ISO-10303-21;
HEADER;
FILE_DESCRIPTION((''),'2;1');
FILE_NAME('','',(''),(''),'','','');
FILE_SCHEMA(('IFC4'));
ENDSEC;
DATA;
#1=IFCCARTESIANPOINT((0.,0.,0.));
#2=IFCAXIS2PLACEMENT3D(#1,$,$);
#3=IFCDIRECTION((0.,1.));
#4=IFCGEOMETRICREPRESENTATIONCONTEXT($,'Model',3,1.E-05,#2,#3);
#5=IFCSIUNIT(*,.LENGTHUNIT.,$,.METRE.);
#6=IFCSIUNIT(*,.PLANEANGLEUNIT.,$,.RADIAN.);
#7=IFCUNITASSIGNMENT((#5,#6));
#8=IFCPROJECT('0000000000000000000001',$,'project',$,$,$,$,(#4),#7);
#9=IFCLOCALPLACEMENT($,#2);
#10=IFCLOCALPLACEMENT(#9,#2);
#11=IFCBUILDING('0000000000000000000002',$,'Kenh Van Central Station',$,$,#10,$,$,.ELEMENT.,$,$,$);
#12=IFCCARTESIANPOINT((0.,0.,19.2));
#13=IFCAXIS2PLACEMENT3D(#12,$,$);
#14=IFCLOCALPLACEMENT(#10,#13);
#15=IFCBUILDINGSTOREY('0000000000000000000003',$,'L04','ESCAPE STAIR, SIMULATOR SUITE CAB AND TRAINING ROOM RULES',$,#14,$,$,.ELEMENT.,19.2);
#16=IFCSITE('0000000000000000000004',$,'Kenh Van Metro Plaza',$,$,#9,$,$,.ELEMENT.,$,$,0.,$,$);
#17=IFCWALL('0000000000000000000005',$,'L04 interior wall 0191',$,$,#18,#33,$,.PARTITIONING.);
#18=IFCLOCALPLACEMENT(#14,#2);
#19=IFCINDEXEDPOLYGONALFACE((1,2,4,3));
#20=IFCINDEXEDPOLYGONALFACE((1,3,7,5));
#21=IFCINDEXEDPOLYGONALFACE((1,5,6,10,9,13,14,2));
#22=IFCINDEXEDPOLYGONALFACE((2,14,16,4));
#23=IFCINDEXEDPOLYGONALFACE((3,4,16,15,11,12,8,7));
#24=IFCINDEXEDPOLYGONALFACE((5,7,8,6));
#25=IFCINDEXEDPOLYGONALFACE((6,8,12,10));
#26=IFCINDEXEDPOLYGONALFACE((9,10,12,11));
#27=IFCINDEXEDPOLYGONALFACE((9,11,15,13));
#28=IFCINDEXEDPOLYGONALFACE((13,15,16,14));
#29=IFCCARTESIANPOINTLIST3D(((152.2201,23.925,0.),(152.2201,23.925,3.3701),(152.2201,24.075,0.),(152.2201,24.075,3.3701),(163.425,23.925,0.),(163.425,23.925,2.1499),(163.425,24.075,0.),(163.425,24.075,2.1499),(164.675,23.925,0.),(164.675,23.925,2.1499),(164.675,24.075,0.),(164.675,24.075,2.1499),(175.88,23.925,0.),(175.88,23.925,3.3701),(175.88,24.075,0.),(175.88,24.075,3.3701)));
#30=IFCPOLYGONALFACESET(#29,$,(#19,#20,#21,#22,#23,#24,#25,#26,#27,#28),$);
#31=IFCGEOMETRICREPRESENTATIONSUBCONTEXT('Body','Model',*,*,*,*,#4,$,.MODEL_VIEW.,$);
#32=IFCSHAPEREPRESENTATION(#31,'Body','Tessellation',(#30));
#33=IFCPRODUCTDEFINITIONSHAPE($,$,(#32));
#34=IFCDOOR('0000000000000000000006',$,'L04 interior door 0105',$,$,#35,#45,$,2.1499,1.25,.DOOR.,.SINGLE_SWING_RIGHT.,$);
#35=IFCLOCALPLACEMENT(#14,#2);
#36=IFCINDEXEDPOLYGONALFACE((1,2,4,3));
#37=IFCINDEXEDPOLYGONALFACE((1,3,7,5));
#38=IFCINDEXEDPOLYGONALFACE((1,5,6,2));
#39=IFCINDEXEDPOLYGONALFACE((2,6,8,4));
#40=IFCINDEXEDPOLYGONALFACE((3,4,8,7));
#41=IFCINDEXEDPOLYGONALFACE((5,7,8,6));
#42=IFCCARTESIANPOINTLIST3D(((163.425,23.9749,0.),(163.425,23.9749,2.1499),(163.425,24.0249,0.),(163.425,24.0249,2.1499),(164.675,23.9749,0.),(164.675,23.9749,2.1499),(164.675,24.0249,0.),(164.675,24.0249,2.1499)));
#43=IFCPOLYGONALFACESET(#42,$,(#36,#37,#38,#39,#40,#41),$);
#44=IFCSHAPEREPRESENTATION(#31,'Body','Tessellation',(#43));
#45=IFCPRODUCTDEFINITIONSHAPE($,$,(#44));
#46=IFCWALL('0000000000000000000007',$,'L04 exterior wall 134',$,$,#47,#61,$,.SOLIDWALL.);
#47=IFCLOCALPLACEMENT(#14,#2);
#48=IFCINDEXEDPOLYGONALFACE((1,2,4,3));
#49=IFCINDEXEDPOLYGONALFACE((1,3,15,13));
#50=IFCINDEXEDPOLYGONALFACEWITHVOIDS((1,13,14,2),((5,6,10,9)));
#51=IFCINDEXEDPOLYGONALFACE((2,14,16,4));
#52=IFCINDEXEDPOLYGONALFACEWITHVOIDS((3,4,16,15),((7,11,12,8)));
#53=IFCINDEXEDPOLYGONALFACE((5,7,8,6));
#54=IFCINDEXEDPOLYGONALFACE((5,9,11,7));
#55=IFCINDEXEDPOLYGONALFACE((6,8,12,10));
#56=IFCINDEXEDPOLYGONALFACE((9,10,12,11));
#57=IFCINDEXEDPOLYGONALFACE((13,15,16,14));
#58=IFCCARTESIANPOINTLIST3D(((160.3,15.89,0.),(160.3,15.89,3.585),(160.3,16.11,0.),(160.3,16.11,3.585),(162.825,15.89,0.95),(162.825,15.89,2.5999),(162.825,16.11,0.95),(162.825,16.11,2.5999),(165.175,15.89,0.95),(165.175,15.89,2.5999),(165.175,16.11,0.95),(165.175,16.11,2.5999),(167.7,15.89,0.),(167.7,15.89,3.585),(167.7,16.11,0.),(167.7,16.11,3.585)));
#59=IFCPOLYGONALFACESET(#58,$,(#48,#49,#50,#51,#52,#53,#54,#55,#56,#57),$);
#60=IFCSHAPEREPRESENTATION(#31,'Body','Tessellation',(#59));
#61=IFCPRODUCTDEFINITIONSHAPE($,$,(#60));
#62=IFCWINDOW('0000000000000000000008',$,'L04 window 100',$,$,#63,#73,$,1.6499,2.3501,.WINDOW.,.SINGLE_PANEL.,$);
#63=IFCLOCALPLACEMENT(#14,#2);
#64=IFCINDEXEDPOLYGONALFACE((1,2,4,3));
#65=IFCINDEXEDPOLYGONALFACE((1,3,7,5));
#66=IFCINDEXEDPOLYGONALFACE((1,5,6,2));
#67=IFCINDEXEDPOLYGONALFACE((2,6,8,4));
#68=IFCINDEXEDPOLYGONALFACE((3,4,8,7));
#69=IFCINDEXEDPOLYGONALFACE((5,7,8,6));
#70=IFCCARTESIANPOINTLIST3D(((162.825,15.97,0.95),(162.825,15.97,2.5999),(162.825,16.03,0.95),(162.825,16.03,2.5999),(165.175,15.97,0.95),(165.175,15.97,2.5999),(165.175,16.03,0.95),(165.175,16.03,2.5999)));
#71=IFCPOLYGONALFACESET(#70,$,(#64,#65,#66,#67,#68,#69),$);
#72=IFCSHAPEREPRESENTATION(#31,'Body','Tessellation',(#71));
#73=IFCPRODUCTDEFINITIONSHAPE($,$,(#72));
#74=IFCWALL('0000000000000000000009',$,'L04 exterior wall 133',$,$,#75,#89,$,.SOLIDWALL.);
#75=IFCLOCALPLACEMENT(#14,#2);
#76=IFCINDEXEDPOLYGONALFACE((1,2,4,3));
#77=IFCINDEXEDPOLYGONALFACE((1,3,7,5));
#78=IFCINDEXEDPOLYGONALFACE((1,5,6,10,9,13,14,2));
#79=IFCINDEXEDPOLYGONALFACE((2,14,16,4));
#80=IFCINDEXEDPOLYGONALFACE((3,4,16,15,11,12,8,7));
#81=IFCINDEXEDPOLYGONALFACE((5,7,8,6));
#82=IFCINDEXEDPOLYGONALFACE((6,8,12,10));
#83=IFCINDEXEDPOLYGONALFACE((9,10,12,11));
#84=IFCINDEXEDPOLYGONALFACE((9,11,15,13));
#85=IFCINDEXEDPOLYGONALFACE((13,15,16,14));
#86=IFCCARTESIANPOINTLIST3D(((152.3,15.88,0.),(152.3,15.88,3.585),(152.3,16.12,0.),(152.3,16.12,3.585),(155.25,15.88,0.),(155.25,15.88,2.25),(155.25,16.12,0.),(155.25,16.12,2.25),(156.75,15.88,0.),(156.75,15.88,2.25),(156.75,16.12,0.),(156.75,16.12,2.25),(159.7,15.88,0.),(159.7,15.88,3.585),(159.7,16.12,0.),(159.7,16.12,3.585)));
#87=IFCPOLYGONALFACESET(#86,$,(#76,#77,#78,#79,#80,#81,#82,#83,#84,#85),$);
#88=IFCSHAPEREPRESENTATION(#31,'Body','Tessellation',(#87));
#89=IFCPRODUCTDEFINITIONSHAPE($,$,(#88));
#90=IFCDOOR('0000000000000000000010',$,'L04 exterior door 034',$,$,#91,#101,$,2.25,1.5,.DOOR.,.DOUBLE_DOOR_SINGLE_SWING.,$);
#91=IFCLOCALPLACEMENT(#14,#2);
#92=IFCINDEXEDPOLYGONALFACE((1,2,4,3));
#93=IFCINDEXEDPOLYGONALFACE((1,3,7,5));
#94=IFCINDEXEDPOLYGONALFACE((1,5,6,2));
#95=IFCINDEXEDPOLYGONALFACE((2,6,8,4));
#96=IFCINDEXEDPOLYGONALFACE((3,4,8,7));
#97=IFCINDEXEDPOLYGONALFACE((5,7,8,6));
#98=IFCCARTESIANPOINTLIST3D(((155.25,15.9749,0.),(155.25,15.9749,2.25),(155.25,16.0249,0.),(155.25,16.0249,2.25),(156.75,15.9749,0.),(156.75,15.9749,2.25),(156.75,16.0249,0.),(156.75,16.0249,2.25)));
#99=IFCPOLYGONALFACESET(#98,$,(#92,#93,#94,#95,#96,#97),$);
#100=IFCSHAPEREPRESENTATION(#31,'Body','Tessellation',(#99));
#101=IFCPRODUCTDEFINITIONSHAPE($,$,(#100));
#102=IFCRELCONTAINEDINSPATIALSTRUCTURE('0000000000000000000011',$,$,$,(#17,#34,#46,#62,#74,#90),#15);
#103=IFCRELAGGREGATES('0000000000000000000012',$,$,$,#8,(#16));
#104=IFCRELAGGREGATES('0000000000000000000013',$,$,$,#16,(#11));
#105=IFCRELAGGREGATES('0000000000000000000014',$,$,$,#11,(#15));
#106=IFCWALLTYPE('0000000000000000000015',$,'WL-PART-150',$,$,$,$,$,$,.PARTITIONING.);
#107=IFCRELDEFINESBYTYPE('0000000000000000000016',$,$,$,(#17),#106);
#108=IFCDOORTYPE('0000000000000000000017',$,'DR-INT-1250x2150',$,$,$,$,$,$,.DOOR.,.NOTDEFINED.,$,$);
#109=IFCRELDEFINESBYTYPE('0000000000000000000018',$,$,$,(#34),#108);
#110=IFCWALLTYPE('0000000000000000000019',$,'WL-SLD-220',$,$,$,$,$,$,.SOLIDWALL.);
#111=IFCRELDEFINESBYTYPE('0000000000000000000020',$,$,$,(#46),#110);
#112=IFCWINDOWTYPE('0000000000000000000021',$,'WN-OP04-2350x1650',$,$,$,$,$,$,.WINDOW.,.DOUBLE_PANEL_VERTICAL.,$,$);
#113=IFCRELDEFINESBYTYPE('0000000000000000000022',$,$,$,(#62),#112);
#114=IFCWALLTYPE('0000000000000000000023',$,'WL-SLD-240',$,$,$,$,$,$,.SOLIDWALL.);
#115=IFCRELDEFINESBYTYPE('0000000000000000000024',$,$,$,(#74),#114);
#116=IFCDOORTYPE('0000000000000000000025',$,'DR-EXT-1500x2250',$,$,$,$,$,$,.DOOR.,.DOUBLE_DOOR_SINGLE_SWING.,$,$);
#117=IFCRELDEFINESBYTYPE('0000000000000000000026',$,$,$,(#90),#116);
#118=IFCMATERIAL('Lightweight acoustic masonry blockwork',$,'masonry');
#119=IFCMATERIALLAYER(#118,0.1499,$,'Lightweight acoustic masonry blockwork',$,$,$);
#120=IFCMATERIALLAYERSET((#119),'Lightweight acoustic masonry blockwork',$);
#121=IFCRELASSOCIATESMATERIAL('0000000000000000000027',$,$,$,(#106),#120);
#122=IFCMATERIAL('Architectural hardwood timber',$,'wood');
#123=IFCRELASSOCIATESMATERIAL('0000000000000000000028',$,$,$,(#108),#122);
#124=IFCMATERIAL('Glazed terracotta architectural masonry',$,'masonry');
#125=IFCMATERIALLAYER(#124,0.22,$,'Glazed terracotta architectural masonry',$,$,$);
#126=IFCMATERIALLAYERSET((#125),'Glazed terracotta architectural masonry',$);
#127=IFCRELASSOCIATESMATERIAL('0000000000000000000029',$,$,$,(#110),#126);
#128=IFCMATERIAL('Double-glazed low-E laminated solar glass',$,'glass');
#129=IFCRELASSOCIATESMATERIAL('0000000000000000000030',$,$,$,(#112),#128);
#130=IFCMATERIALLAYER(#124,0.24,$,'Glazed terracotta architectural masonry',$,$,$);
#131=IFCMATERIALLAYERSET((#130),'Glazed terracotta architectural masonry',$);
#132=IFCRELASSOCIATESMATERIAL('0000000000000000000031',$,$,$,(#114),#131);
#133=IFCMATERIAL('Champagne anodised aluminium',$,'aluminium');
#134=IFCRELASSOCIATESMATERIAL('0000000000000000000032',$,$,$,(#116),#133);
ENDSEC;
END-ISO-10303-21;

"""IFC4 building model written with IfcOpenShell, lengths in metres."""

from ifc_helpers import new_model, si_unit, direction, frame, frame_2d, origin, place, context, subcontext, project, spatial, rectangle, extrude, material, layer, layer_set, type_object, element, fill, save


model = new_model("IFC4")

# Units and contexts
model_context = context("Model", 3, precision=1e-05, world=origin(), true_north=direction((0.0, 1.0)))
body_context = subcontext(model_context, "Body", "Model", "MODEL_VIEW")
ifc_project = project(units=[si_unit("LENGTHUNIT", "METRE"), si_unit("PLANEANGLEUNIT", "RADIAN")], contexts=[model_context])

# Site, building, storey
site_placement = place(None, origin())
site = spatial("IfcSite", under=ifc_project, at=site_placement, Name="Kenh Van Metro Plaza", CompositionType="ELEMENT", RefElevation=0.0)
building_placement = place(site_placement, origin())
building = spatial("IfcBuilding", under=site, at=building_placement, Name="Kenh Van Central Station", CompositionType="ELEMENT")
storey_placement = place(building_placement, frame((0.0, 0.0, 19.2)))
storey = spatial("IfcBuildingStorey", under=building, at=storey_placement, Name="L04", Description="ESCAPE STAIR, SIMULATOR SUITE CAB AND TRAINING ROOM RULES", CompositionType="ELEMENT", Elevation=19.2)

# Shared definitions
ifc_material_1 = material(Name="Lightweight acoustic masonry blockwork", Category="masonry")

# Wall, opening, door
ifc_layer_1 = layer(ifc_material_1, 0.1499, Name="Lightweight acoustic masonry blockwork")
ifc_layer_set_1 = layer_set([ifc_layer_1], Name="Lightweight acoustic masonry blockwork")
wall_type_1 = type_object("IfcWallType", Name="WL-PART-150", PredefinedType="PARTITIONING", material=ifc_layer_set_1)
wall_1_placement = place(storey_placement, frame((152.22, 24.0, 0.0), z_axis=(0.0, 0.0, 1.0), x_axis=(1.0, 0.0, 0.0)))
wall_1 = element("IfcWall", 1, at=wall_1_placement, inside=storey, type_object=wall_type_1, Name="L04 interior wall 0191", PredefinedType="PARTITIONING", context=body_context, shape_type="SweptSolid", body=[
    extrude(rectangle(XDim=23.6599, YDim=0.1499, at=frame_2d((11.8301, 0.0))), origin(), (0.0, 0.0, 1.0), 3.3701),
])
opening_1_placement = place(wall_1_placement, frame((11.2051, 0.0, 0.0)))
opening_1 = element("IfcOpeningElement", 2, at=opening_1_placement, cuts=wall_1, PredefinedType="OPENING", context=body_context, shape_type="SweptSolid", body=[
    extrude(rectangle(XDim=1.25, YDim=2.1499, at=frame_2d((0.625, 1.075))), frame((0.0, 0.085, 0.0), z_axis=(0.0, -1.0, 0.0), x_axis=(1.0, 0.0, 0.0)), (0.0, 0.0, 1.0), 0.1699),
])
ifc_material_2 = material(Name="Architectural hardwood timber", Category="wood")
door_type_1 = type_object("IfcDoorType", Name="DR-INT-1250x2150", OperationType="NOTDEFINED", PredefinedType="DOOR", material=ifc_material_2)
door_1_placement = place(opening_1_placement, origin())
door_1 = element("IfcDoor", 3, at=door_1_placement, inside=storey, type_object=door_type_1, Name="L04 interior door 0105", OperationType="SINGLE_SWING_RIGHT", OverallHeight=2.1499, OverallWidth=1.25, PredefinedType="DOOR", context=body_context, shape_type="SweptSolid", body=[
    extrude(rectangle(XDim=1.25, YDim=2.1499, at=frame_2d((0.625, 1.075))), frame((0.0, 0.0249, 0.0), z_axis=(0.0, -1.0, 0.0), x_axis=(1.0, 0.0, 0.0)), (0.0, 0.0, 1.0), 0.05),
])
fill(opening_1, door_1)

# Wall, opening, window
ifc_material_3 = material(Name="Glazed terracotta architectural masonry", Category="masonry")
ifc_layer_2 = layer(ifc_material_3, 0.22, Name="Glazed terracotta architectural masonry")
ifc_layer_set_2 = layer_set([ifc_layer_2], Name="Glazed terracotta architectural masonry")
wall_type_2 = type_object("IfcWallType", Name="WL-SLD-220", PredefinedType="SOLIDWALL", material=ifc_layer_set_2)
wall_2_placement = place(storey_placement, frame((160.3, 16.0, 0.0), z_axis=(0.0, 0.0, 1.0), x_axis=(1.0, 0.0, 0.0)))
wall_2 = element("IfcWall", 4, at=wall_2_placement, inside=storey, type_object=wall_type_2, Name="L04 exterior wall 134", PredefinedType="SOLIDWALL", context=body_context, shape_type="SweptSolid", body=[
    extrude(rectangle(XDim=7.3999, YDim=0.22, at=frame_2d((3.7, 0.0))), origin(), (0.0, 0.0, 1.0), 3.585),
])
opening_2_placement = place(wall_2_placement, frame((2.5249, 0.0, 0.95)))
opening_2 = element("IfcOpeningElement", 5, at=opening_2_placement, cuts=wall_2, PredefinedType="OPENING", context=body_context, shape_type="SweptSolid", body=[
    extrude(rectangle(XDim=2.3501, YDim=1.6499, at=frame_2d((1.175, 0.825))), frame((0.0, 0.1199, 0.0), z_axis=(0.0, -1.0, 0.0), x_axis=(1.0, 0.0, 0.0)), (0.0, 0.0, 1.0), 0.24),
])
ifc_material_4 = material(Name="Double-glazed low-E laminated solar glass", Category="glass")
window_type = type_object("IfcWindowType", Name="WN-OP04-2350x1650", PartitioningType="DOUBLE_PANEL_VERTICAL", PredefinedType="WINDOW", material=ifc_material_4)
window_placement = place(opening_2_placement, origin())
window = element("IfcWindow", 6, at=window_placement, inside=storey, type_object=window_type, Name="L04 window 100", OverallHeight=1.6499, OverallWidth=2.3501, PartitioningType="SINGLE_PANEL", PredefinedType="WINDOW", context=body_context, shape_type="SweptSolid", body=[
    extrude(rectangle(XDim=2.3501, YDim=1.6499, at=frame_2d((1.175, 0.825))), frame((0.0, 0.03, 0.0), z_axis=(0.0, -1.0, 0.0), x_axis=(1.0, 0.0, 0.0)), (0.0, 0.0, 1.0), 0.0601),
])
fill(opening_2, window)

# Wall, opening, door
ifc_layer_3 = layer(ifc_material_3, 0.24, Name="Glazed terracotta architectural masonry")
ifc_layer_set_3 = layer_set([ifc_layer_3], Name="Glazed terracotta architectural masonry")
wall_type_3 = type_object("IfcWallType", Name="WL-SLD-240", PredefinedType="SOLIDWALL", material=ifc_layer_set_3)
wall_3_placement = place(storey_placement, frame((152.3, 16.0, 0.0), z_axis=(0.0, 0.0, 1.0), x_axis=(1.0, 0.0, 0.0)))
wall_3 = element("IfcWall", 7, at=wall_3_placement, inside=storey, type_object=wall_type_3, Name="L04 exterior wall 133", PredefinedType="SOLIDWALL", context=body_context, shape_type="SweptSolid", body=[
    extrude(rectangle(XDim=7.3999, YDim=0.24, at=frame_2d((3.7, 0.0))), origin(), (0.0, 0.0, 1.0), 3.585),
])
opening_3_placement = place(wall_3_placement, frame((2.95, 0.0, 0.0)))
opening_3 = element("IfcOpeningElement", 8, at=opening_3_placement, cuts=wall_3, PredefinedType="OPENING", context=body_context, shape_type="SweptSolid", body=[
    extrude(rectangle(XDim=1.5, YDim=2.25, at=frame_2d((0.75, 1.125))), frame((0.0, 0.1299, 0.0), z_axis=(0.0, -1.0, 0.0), x_axis=(1.0, 0.0, 0.0)), (0.0, 0.0, 1.0), 0.26),
])
ifc_material_5 = material(Name="Champagne anodised aluminium", Category="aluminium")
door_type_2 = type_object("IfcDoorType", Name="DR-EXT-1500x2250", OperationType="DOUBLE_DOOR_SINGLE_SWING", PredefinedType="DOOR", material=ifc_material_5)
door_2_placement = place(opening_3_placement, frame((1.5, 0.0, 0.0), z_axis=(0.0, 0.0, 1.0), x_axis=(-1.0, 0.0, 0.0)))
door_2 = element("IfcDoor", 9, at=door_2_placement, inside=storey, type_object=door_type_2, Name="L04 exterior door 034", OperationType="DOUBLE_DOOR_SINGLE_SWING", OverallHeight=2.25, OverallWidth=1.5, PredefinedType="DOOR", context=body_context, shape_type="SweptSolid", body=[
    extrude(rectangle(XDim=1.5, YDim=2.25, at=frame_2d((-0.75, 1.125))), frame((0.0, -0.0249, 0.0), z_axis=(0.0, 1.0, 0.0), x_axis=(-1.0, 0.0, 0.0)), (0.0, 0.0, 1.0), 0.05),
])
fill(opening_3, door_2)

save(model, "model.ifc")
